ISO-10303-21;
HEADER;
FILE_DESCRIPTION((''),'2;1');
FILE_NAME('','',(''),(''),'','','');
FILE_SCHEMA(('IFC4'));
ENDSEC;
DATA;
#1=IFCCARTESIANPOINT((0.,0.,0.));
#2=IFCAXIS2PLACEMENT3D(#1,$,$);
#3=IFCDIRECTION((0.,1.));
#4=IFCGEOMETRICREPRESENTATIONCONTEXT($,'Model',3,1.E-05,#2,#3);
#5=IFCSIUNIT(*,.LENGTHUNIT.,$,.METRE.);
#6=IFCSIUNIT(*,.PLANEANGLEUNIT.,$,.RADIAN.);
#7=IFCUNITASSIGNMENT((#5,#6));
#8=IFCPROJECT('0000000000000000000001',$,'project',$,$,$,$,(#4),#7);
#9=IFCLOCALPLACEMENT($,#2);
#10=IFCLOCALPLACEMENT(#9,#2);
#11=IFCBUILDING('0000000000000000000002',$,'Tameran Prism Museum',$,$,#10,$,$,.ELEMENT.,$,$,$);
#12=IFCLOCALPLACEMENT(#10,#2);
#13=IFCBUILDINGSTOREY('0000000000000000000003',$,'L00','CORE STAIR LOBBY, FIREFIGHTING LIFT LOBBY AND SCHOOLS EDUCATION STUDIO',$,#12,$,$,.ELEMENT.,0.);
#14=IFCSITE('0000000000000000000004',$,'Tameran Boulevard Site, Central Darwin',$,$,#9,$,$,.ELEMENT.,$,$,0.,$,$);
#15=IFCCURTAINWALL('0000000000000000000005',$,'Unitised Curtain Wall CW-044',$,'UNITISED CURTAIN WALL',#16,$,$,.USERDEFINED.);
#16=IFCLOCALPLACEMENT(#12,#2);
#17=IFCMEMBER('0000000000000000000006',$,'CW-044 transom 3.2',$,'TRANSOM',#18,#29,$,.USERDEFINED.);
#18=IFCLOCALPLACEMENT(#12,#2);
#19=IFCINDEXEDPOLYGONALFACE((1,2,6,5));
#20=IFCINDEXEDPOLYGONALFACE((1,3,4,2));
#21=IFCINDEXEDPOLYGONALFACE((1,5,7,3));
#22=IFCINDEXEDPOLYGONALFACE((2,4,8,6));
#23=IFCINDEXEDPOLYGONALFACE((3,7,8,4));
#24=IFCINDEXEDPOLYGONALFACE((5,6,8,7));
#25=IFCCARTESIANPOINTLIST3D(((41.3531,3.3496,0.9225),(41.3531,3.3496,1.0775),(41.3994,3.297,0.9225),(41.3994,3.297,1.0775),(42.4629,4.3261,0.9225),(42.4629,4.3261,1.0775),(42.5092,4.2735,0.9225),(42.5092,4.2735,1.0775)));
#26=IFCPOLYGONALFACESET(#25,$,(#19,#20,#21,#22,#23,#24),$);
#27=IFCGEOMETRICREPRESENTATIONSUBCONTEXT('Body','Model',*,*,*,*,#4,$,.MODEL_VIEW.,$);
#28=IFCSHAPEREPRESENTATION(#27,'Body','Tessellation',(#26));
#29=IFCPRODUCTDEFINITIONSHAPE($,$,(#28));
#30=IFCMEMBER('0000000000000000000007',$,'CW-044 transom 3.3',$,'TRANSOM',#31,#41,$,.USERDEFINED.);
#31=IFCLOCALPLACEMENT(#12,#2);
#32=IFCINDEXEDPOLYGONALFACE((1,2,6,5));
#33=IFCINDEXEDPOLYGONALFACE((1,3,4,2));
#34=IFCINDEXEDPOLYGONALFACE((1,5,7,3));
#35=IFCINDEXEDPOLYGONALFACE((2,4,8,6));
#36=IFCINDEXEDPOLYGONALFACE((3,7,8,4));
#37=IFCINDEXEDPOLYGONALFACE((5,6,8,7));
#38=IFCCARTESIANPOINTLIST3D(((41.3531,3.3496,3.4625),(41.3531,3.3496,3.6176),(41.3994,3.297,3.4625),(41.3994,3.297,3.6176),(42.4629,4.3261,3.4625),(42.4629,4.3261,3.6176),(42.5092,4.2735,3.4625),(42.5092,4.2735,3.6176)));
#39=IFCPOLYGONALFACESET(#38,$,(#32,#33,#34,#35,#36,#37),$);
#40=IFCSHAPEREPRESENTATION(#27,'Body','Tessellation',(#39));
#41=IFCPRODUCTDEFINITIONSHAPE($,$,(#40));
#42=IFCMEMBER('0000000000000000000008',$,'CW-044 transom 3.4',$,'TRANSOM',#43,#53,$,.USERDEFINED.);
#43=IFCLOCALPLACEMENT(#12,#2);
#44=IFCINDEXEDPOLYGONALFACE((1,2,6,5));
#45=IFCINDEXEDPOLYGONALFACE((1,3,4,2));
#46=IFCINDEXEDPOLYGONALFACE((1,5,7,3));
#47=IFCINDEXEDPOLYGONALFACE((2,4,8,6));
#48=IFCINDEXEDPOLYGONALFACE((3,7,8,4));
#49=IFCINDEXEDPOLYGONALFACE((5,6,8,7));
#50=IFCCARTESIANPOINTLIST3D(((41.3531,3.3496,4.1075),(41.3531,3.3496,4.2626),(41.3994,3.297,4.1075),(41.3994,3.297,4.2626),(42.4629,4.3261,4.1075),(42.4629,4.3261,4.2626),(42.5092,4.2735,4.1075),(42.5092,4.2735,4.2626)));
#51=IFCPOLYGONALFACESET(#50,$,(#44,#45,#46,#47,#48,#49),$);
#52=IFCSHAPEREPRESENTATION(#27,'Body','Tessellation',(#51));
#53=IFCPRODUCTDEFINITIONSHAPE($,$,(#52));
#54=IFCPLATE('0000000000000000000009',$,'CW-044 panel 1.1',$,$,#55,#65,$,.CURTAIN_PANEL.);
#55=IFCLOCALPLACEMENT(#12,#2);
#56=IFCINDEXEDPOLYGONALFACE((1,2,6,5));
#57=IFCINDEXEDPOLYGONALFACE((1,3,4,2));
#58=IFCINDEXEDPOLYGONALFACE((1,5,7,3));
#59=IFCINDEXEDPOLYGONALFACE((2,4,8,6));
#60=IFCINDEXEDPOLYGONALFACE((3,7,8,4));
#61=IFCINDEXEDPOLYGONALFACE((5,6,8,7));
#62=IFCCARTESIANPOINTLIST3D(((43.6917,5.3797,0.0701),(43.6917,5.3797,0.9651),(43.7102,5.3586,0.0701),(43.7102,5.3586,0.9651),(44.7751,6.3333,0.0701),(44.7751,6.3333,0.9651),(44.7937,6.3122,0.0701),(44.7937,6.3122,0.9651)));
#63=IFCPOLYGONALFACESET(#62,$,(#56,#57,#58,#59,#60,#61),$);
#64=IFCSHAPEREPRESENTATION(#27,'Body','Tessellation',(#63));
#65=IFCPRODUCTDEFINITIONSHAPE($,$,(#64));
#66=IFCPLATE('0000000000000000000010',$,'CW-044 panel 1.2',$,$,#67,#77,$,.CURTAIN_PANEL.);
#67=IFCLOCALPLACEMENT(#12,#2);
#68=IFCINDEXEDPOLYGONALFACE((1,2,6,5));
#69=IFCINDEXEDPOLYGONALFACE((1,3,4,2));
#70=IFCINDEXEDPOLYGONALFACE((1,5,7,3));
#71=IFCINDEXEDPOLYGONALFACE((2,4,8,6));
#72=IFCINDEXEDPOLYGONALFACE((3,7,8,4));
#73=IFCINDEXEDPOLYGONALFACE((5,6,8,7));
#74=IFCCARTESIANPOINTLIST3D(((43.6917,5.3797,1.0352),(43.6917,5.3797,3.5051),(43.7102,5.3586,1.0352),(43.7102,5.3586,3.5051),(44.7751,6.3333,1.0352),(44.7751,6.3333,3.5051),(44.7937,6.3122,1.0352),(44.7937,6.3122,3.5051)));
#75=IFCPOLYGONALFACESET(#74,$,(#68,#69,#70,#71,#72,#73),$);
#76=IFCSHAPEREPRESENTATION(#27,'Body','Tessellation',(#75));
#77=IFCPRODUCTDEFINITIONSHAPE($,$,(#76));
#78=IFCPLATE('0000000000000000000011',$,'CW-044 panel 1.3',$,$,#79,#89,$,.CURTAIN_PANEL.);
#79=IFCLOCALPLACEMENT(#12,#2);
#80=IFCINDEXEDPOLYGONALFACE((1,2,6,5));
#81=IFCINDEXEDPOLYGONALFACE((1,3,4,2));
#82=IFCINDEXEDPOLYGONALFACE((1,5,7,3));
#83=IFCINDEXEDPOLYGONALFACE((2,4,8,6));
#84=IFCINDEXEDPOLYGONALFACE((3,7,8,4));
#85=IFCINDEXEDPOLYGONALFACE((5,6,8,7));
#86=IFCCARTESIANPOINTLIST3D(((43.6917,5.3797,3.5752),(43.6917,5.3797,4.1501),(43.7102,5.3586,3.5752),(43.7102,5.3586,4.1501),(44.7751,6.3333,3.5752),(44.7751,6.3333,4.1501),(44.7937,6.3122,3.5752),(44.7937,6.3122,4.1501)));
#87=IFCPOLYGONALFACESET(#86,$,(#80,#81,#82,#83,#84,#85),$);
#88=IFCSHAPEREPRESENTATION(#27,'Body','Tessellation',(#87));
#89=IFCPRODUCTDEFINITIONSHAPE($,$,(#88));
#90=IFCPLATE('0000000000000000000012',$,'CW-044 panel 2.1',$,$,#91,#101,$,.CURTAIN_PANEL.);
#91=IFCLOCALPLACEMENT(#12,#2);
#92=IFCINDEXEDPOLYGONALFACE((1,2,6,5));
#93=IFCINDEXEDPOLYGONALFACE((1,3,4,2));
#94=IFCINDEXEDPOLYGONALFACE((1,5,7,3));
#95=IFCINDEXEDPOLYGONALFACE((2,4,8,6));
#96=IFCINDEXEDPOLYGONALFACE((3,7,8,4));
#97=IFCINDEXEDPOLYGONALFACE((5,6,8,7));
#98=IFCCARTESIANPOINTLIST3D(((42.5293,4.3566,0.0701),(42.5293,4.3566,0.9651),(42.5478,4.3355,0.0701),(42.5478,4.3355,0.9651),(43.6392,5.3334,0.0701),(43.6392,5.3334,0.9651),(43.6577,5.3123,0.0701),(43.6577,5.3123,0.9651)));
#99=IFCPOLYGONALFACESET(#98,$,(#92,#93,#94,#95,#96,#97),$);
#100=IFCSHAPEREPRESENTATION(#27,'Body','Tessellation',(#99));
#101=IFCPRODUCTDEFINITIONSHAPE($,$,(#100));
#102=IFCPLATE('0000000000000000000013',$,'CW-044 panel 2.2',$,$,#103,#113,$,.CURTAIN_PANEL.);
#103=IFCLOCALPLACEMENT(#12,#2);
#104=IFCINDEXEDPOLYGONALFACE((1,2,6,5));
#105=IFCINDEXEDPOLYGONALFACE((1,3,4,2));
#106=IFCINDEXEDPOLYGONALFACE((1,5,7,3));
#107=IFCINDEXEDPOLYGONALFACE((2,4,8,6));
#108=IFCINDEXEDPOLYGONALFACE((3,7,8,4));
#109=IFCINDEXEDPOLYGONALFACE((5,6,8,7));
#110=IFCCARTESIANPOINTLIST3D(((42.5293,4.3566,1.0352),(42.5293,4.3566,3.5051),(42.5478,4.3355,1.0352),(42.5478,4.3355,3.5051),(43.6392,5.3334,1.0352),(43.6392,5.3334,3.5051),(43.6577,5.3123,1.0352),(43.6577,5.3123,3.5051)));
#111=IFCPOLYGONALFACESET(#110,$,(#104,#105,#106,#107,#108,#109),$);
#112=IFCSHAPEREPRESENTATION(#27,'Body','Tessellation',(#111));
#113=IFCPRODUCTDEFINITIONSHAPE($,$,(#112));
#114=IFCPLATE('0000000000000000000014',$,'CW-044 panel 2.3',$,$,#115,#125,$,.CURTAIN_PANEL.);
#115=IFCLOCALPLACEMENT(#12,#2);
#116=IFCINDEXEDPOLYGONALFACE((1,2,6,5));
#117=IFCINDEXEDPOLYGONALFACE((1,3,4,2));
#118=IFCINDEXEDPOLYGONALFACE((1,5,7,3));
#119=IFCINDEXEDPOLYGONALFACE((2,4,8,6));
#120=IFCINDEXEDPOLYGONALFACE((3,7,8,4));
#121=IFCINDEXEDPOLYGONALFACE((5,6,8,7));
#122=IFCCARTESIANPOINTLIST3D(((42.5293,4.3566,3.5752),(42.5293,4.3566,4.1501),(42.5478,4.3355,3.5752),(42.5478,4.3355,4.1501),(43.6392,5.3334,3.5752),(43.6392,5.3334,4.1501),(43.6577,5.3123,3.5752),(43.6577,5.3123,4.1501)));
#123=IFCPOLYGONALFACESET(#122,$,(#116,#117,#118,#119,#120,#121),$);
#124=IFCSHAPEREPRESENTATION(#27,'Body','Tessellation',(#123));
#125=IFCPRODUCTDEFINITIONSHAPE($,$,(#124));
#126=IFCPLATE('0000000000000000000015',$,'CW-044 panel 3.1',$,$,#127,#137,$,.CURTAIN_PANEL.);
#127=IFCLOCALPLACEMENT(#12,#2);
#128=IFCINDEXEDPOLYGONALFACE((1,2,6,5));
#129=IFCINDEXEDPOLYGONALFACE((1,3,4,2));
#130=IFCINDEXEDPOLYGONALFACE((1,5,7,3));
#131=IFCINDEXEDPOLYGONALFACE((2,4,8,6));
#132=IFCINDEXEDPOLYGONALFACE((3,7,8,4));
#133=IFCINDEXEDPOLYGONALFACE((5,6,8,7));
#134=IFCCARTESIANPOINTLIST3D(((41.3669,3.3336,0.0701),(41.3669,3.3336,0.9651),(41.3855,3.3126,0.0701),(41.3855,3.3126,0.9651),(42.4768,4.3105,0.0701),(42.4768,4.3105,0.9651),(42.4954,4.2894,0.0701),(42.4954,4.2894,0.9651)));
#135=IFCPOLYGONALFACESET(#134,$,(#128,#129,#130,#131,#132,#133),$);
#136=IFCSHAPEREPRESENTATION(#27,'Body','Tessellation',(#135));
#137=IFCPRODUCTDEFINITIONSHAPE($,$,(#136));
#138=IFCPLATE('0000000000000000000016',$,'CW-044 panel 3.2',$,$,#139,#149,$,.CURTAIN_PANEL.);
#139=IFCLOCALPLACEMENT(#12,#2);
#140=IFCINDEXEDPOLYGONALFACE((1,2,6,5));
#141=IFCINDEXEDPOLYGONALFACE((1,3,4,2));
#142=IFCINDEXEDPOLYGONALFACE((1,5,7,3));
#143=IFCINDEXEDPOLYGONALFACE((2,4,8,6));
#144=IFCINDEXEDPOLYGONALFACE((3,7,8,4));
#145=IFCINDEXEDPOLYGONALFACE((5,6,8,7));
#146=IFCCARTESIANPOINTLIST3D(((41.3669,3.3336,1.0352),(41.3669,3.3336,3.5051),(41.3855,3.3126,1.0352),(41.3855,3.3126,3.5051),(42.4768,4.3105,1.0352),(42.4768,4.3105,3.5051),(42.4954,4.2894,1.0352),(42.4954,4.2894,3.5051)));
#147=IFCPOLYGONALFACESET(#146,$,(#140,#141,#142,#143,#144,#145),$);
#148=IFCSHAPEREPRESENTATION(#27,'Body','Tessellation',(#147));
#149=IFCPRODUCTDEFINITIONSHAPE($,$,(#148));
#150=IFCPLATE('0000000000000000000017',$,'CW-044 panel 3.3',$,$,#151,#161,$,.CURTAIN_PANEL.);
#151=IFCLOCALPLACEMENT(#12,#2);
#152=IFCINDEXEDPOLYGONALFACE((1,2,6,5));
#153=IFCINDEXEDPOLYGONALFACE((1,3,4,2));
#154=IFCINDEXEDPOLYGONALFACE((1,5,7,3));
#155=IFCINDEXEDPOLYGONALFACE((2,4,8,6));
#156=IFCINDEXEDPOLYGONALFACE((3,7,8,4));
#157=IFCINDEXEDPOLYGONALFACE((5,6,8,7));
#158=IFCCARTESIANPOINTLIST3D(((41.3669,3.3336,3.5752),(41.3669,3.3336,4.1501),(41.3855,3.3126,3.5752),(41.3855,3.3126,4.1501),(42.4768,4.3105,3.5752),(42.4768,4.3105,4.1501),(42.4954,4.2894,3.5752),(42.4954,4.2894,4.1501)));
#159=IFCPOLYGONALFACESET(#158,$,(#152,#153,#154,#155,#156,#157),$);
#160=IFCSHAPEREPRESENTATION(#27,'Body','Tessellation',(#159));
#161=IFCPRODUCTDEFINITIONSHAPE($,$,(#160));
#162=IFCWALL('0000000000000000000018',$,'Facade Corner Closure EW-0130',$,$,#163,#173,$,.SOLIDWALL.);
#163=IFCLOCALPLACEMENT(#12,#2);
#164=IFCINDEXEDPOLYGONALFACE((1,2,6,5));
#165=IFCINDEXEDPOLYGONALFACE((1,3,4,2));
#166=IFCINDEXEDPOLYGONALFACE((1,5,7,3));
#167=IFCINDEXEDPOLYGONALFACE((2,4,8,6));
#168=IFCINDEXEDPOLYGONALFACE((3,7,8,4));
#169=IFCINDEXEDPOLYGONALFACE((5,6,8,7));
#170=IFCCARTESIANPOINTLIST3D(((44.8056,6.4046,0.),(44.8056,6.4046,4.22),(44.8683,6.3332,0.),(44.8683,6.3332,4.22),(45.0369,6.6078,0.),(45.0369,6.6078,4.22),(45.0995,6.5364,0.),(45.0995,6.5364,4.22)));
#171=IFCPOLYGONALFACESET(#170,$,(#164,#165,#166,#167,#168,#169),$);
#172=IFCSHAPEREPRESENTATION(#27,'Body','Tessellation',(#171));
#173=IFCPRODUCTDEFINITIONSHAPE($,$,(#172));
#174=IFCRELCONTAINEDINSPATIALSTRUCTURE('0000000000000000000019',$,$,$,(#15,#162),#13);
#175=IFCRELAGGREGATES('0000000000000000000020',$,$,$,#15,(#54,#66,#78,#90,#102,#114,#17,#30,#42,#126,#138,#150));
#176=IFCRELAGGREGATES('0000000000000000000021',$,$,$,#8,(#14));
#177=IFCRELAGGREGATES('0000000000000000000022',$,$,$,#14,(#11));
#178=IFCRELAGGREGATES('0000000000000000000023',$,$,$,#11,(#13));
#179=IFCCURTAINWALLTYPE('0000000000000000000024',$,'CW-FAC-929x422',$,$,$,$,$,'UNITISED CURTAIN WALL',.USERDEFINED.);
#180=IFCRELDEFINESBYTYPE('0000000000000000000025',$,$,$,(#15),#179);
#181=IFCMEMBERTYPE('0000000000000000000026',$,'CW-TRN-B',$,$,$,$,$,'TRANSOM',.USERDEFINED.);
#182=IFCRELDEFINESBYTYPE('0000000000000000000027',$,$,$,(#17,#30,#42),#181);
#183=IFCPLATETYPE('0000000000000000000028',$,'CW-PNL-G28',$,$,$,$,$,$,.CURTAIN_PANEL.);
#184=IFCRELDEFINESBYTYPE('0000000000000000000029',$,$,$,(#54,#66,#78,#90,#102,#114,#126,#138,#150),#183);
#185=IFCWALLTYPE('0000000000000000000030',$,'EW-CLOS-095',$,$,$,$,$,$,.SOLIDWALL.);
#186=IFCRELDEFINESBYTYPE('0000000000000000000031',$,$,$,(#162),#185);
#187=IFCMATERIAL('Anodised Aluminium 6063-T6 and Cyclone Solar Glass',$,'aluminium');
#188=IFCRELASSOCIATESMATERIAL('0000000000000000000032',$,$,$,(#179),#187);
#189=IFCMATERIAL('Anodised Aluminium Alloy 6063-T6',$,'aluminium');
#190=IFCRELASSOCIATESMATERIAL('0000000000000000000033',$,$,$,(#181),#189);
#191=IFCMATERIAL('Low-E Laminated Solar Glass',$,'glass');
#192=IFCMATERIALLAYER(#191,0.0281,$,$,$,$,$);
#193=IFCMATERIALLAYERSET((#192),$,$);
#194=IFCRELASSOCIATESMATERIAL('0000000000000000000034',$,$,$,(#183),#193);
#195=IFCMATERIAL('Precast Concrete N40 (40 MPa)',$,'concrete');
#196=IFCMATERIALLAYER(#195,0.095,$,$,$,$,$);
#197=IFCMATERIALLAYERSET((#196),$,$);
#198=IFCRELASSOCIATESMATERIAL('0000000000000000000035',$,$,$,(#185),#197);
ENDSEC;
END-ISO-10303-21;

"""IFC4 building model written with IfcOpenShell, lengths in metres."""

from ifc_helpers import new_model, si_unit, direction, frame, frame_2d, origin, origin_2d, place, context, subcontext, project, spatial, rectangle, extrude, material, layer, layer_set, material_profile, profile_set, type_object, element, aggregate, save


model = new_model("IFC4")

# Units and contexts
model_context = context("Model", 3, precision=1e-05, world=origin(), true_north=direction((0.0, 1.0)))
body_context = subcontext(model_context, "Body", "Model", "MODEL_VIEW")
ifc_project = project(units=[si_unit("LENGTHUNIT", "METRE"), si_unit("PLANEANGLEUNIT", "RADIAN")], contexts=[model_context])

# Site, building, storey
site_placement = place(None, origin())
site = spatial("IfcSite", under=ifc_project, at=site_placement, Name="Tameran Boulevard Site, Central Darwin", CompositionType="ELEMENT", RefElevation=0.0)
building_placement = place(site_placement, origin())
building = spatial("IfcBuilding", under=site, at=building_placement, Name="Tameran Prism Museum", CompositionType="ELEMENT")
storey_placement = place(building_placement, origin())
storey = spatial("IfcBuildingStorey", under=building, at=storey_placement, Name="L00", Description="CORE STAIR LOBBY, FIREFIGHTING LIFT LOBBY AND SCHOOLS EDUCATION STUDIO", CompositionType="ELEMENT", Elevation=0.0)

# Curtain wall, members, plates
ifc_material_1 = material(Name="Anodised Aluminium 6063-T6 and Cyclone Solar Glass", Category="aluminium")
curtain_wall_type = type_object("IfcCurtainWallType", Name="CW-FAC-929x422", ElementType="UNITISED CURTAIN WALL", PredefinedType="USERDEFINED", material=ifc_material_1)
curtain_wall_placement = place(storey_placement, origin())
curtain_wall = element("IfcCurtainWall", 1, at=curtain_wall_placement, inside=storey, type_object=curtain_wall_type, Name="Unitised Curtain Wall CW-044", ObjectType="UNITISED CURTAIN WALL", PredefinedType="USERDEFINED")
ifc_material_2 = material(Name="Anodised Aluminium Alloy 6063-T6", Category="aluminium")
ifc_material_profile_1 = material_profile(ifc_material_2, rectangle(XDim=0.0701, YDim=0.155, at=origin_2d()))
ifc_profile_set_1 = profile_set([ifc_material_profile_1])
member_type_1 = type_object("IfcMemberType", Name="CW-TRN-B", ElementType="TRANSOM", PredefinedType="USERDEFINED", material=ifc_profile_set_1)
member_1_placement = place(storey_placement, frame((42.4861, 4.2998, 1.0), z_axis=(-0.750753, -0.660583, 0.0), x_axis=(0.660583, -0.750753, 0.0)))
member_1 = element("IfcMember", 2, at=member_1_placement, type_object=member_type_1, Name="CW-044 transom 3.2", ObjectType="TRANSOM", PredefinedType="USERDEFINED", context=body_context, shape_type="SweptSolid", body=[
    extrude(rectangle(XDim=0.0701, YDim=0.155, at=origin_2d()), origin(), (0.0, 0.0, 1.0), 1.4783),
])
member_2_placement = place(storey_placement, frame((42.4861, 4.2998, 3.54), z_axis=(-0.750753, -0.660583, 0.0), x_axis=(0.660583, -0.750753, 0.0)))
member_2 = element("IfcMember", 3, at=member_2_placement, type_object=member_type_1, Name="CW-044 transom 3.3", ObjectType="TRANSOM", PredefinedType="USERDEFINED", context=body_context, shape_type="SweptSolid", body=[
    extrude(rectangle(XDim=0.0701, YDim=0.155, at=origin_2d()), origin(), (0.0, 0.0, 1.0), 1.4783),
])
member_3_placement = place(storey_placement, frame((42.4861, 4.2998, 4.1851), z_axis=(-0.750753, -0.660583, 0.0), x_axis=(0.660583, -0.750753, 0.0)))
member_3 = element("IfcMember", 4, at=member_3_placement, type_object=member_type_1, Name="CW-044 transom 3.4", ObjectType="TRANSOM", PredefinedType="USERDEFINED", context=body_context, shape_type="SweptSolid", body=[
    extrude(rectangle(XDim=0.0701, YDim=0.155, at=origin_2d()), origin(), (0.0, 0.0, 1.0), 1.4783),
])
ifc_material_3 = material(Name="Low-E Laminated Solar Glass", Category="glass")
ifc_layer_1 = layer(ifc_material_3, 0.0281)
ifc_layer_set_1 = layer_set([ifc_layer_1])
plate_type = type_object("IfcPlateType", Name="CW-PNL-G28", PredefinedType="CURTAIN_PANEL", material=ifc_layer_set_1)
plate_1_placement = place(storey_placement, frame((44.2427, 5.8459, 0.0701), z_axis=(0.0, 0.0, 1.0), x_axis=(-0.750667, -0.660681, 0.0)))
plate_1 = element("IfcPlate", 5, at=plate_1_placement, type_object=plate_type, Name="CW-044 panel 1.1", PredefinedType="CURTAIN_PANEL", context=body_context, shape_type="SweptSolid", body=[
    extrude(rectangle(XDim=1.4434, YDim=0.0281, at=origin_2d()), origin(), (0.0, 0.0, 1.0), 0.895),
])
plate_2_placement = place(storey_placement, frame((44.2427, 5.8459, 1.0352), z_axis=(0.0, 0.0, 1.0), x_axis=(-0.750667, -0.660681, 0.0)))
plate_2 = element("IfcPlate", 6, at=plate_2_placement, type_object=plate_type, Name="CW-044 panel 1.2", PredefinedType="CURTAIN_PANEL", context=body_context, shape_type="SweptSolid", body=[
    extrude(rectangle(XDim=1.4434, YDim=0.0281, at=origin_2d()), origin(), (0.0, 0.0, 1.0), 2.47),
])
plate_3_placement = place(storey_placement, frame((44.2427, 5.8459, 3.5752), z_axis=(0.0, 0.0, 1.0), x_axis=(-0.750667, -0.660681, 0.0)))
plate_3 = element("IfcPlate", 7, at=plate_3_placement, type_object=plate_type, Name="CW-044 panel 1.3", PredefinedType="CURTAIN_PANEL", context=body_context, shape_type="SweptSolid", body=[
    extrude(rectangle(XDim=1.4434, YDim=0.0281, at=origin_2d()), origin(), (0.0, 0.0, 1.0), 0.575),
])
plate_4_placement = place(storey_placement, frame((43.0935, 4.8345, 0.0701), z_axis=(0.0, 0.0, 1.0), x_axis=(-0.750667, -0.660681, 0.0)))
plate_4 = element("IfcPlate", 8, at=plate_4_placement, type_object=plate_type, Name="CW-044 panel 2.1", PredefinedType="CURTAIN_PANEL", context=body_context, shape_type="SweptSolid", body=[
    extrude(rectangle(XDim=1.4785, YDim=0.0281, at=origin_2d()), origin(), (0.0, 0.0, 1.0), 0.895),
])
plate_5_placement = place(storey_placement, frame((43.0935, 4.8345, 1.0352), z_axis=(0.0, 0.0, 1.0), x_axis=(-0.750667, -0.660681, 0.0)))
plate_5 = element("IfcPlate", 9, at=plate_5_placement, type_object=plate_type, Name="CW-044 panel 2.2", PredefinedType="CURTAIN_PANEL", context=body_context, shape_type="SweptSolid", body=[
    extrude(rectangle(XDim=1.4785, YDim=0.0281, at=origin_2d()), origin(), (0.0, 0.0, 1.0), 2.47),
])
plate_6_placement = place(storey_placement, frame((43.0935, 4.8345, 3.5752), z_axis=(0.0, 0.0, 1.0), x_axis=(-0.750667, -0.660681, 0.0)))
plate_6 = element("IfcPlate", 10, at=plate_6_placement, type_object=plate_type, Name="CW-044 panel 2.3", PredefinedType="CURTAIN_PANEL", context=body_context, shape_type="SweptSolid", body=[
    extrude(rectangle(XDim=1.4785, YDim=0.0281, at=origin_2d()), origin(), (0.0, 0.0, 1.0), 0.575),
])
plate_7_placement = place(storey_placement, frame((41.9312, 3.8115, 0.0701), z_axis=(0.0, 0.0, 1.0), x_axis=(-0.750667, -0.660681, 0.0)))
plate_7 = element("IfcPlate", 11, at=plate_7_placement, type_object=plate_type, Name="CW-044 panel 3.1", PredefinedType="CURTAIN_PANEL", context=body_context, shape_type="SweptSolid", body=[
    extrude(rectangle(XDim=1.4785, YDim=0.0281, at=origin_2d()), origin(), (0.0, 0.0, 1.0), 0.895),
])
plate_8_placement = place(storey_placement, frame((41.9312, 3.8115, 1.0352), z_axis=(0.0, 0.0, 1.0), x_axis=(-0.750667, -0.660681, 0.0)))
plate_8 = element("IfcPlate", 12, at=plate_8_placement, type_object=plate_type, Name="CW-044 panel 3.2", PredefinedType="CURTAIN_PANEL", context=body_context, shape_type="SweptSolid", body=[
    extrude(rectangle(XDim=1.4785, YDim=0.0281, at=origin_2d()), origin(), (0.0, 0.0, 1.0), 2.47),
])
plate_9_placement = place(storey_placement, frame((41.9312, 3.8115, 3.5752), z_axis=(0.0, 0.0, 1.0), x_axis=(-0.750667, -0.660681, 0.0)))
plate_9 = element("IfcPlate", 13, at=plate_9_placement, type_object=plate_type, Name="CW-044 panel 3.3", PredefinedType="CURTAIN_PANEL", context=body_context, shape_type="SweptSolid", body=[
    extrude(rectangle(XDim=1.4785, YDim=0.0281, at=origin_2d()), origin(), (0.0, 0.0, 1.0), 0.575),
])
aggregate(curtain_wall, [plate_1, plate_2, plate_3, plate_4, plate_5, plate_6, member_1, member_2, member_3, plate_7, plate_8, plate_9])

# Wall
ifc_material_4 = material(Name="Precast Concrete N40 (40 MPa)", Category="concrete")
ifc_layer_2 = layer(ifc_material_4, 0.095)
ifc_layer_set_2 = layer_set([ifc_layer_2])
wall_type = type_object("IfcWallType", Name="EW-CLOS-095", PredefinedType="SOLIDWALL", material=ifc_layer_set_2)
wall_placement = place(storey_placement, frame((45.0681, 6.572, 0.0), z_axis=(0.0, 0.0, 1.0), x_axis=(-0.751248, -0.66002, 0.0)))
element("IfcWall", 14, at=wall_placement, inside=storey, type_object=wall_type, Name="Facade Corner Closure EW-0130", PredefinedType="SOLIDWALL", context=body_context, shape_type="SweptSolid", body=[
    extrude(rectangle(XDim=0.3079, YDim=0.095, at=frame_2d((0.1538, 0.0))), origin(), (0.0, 0.0, 1.0), 4.22),
])

save(model, "model.ifc")
